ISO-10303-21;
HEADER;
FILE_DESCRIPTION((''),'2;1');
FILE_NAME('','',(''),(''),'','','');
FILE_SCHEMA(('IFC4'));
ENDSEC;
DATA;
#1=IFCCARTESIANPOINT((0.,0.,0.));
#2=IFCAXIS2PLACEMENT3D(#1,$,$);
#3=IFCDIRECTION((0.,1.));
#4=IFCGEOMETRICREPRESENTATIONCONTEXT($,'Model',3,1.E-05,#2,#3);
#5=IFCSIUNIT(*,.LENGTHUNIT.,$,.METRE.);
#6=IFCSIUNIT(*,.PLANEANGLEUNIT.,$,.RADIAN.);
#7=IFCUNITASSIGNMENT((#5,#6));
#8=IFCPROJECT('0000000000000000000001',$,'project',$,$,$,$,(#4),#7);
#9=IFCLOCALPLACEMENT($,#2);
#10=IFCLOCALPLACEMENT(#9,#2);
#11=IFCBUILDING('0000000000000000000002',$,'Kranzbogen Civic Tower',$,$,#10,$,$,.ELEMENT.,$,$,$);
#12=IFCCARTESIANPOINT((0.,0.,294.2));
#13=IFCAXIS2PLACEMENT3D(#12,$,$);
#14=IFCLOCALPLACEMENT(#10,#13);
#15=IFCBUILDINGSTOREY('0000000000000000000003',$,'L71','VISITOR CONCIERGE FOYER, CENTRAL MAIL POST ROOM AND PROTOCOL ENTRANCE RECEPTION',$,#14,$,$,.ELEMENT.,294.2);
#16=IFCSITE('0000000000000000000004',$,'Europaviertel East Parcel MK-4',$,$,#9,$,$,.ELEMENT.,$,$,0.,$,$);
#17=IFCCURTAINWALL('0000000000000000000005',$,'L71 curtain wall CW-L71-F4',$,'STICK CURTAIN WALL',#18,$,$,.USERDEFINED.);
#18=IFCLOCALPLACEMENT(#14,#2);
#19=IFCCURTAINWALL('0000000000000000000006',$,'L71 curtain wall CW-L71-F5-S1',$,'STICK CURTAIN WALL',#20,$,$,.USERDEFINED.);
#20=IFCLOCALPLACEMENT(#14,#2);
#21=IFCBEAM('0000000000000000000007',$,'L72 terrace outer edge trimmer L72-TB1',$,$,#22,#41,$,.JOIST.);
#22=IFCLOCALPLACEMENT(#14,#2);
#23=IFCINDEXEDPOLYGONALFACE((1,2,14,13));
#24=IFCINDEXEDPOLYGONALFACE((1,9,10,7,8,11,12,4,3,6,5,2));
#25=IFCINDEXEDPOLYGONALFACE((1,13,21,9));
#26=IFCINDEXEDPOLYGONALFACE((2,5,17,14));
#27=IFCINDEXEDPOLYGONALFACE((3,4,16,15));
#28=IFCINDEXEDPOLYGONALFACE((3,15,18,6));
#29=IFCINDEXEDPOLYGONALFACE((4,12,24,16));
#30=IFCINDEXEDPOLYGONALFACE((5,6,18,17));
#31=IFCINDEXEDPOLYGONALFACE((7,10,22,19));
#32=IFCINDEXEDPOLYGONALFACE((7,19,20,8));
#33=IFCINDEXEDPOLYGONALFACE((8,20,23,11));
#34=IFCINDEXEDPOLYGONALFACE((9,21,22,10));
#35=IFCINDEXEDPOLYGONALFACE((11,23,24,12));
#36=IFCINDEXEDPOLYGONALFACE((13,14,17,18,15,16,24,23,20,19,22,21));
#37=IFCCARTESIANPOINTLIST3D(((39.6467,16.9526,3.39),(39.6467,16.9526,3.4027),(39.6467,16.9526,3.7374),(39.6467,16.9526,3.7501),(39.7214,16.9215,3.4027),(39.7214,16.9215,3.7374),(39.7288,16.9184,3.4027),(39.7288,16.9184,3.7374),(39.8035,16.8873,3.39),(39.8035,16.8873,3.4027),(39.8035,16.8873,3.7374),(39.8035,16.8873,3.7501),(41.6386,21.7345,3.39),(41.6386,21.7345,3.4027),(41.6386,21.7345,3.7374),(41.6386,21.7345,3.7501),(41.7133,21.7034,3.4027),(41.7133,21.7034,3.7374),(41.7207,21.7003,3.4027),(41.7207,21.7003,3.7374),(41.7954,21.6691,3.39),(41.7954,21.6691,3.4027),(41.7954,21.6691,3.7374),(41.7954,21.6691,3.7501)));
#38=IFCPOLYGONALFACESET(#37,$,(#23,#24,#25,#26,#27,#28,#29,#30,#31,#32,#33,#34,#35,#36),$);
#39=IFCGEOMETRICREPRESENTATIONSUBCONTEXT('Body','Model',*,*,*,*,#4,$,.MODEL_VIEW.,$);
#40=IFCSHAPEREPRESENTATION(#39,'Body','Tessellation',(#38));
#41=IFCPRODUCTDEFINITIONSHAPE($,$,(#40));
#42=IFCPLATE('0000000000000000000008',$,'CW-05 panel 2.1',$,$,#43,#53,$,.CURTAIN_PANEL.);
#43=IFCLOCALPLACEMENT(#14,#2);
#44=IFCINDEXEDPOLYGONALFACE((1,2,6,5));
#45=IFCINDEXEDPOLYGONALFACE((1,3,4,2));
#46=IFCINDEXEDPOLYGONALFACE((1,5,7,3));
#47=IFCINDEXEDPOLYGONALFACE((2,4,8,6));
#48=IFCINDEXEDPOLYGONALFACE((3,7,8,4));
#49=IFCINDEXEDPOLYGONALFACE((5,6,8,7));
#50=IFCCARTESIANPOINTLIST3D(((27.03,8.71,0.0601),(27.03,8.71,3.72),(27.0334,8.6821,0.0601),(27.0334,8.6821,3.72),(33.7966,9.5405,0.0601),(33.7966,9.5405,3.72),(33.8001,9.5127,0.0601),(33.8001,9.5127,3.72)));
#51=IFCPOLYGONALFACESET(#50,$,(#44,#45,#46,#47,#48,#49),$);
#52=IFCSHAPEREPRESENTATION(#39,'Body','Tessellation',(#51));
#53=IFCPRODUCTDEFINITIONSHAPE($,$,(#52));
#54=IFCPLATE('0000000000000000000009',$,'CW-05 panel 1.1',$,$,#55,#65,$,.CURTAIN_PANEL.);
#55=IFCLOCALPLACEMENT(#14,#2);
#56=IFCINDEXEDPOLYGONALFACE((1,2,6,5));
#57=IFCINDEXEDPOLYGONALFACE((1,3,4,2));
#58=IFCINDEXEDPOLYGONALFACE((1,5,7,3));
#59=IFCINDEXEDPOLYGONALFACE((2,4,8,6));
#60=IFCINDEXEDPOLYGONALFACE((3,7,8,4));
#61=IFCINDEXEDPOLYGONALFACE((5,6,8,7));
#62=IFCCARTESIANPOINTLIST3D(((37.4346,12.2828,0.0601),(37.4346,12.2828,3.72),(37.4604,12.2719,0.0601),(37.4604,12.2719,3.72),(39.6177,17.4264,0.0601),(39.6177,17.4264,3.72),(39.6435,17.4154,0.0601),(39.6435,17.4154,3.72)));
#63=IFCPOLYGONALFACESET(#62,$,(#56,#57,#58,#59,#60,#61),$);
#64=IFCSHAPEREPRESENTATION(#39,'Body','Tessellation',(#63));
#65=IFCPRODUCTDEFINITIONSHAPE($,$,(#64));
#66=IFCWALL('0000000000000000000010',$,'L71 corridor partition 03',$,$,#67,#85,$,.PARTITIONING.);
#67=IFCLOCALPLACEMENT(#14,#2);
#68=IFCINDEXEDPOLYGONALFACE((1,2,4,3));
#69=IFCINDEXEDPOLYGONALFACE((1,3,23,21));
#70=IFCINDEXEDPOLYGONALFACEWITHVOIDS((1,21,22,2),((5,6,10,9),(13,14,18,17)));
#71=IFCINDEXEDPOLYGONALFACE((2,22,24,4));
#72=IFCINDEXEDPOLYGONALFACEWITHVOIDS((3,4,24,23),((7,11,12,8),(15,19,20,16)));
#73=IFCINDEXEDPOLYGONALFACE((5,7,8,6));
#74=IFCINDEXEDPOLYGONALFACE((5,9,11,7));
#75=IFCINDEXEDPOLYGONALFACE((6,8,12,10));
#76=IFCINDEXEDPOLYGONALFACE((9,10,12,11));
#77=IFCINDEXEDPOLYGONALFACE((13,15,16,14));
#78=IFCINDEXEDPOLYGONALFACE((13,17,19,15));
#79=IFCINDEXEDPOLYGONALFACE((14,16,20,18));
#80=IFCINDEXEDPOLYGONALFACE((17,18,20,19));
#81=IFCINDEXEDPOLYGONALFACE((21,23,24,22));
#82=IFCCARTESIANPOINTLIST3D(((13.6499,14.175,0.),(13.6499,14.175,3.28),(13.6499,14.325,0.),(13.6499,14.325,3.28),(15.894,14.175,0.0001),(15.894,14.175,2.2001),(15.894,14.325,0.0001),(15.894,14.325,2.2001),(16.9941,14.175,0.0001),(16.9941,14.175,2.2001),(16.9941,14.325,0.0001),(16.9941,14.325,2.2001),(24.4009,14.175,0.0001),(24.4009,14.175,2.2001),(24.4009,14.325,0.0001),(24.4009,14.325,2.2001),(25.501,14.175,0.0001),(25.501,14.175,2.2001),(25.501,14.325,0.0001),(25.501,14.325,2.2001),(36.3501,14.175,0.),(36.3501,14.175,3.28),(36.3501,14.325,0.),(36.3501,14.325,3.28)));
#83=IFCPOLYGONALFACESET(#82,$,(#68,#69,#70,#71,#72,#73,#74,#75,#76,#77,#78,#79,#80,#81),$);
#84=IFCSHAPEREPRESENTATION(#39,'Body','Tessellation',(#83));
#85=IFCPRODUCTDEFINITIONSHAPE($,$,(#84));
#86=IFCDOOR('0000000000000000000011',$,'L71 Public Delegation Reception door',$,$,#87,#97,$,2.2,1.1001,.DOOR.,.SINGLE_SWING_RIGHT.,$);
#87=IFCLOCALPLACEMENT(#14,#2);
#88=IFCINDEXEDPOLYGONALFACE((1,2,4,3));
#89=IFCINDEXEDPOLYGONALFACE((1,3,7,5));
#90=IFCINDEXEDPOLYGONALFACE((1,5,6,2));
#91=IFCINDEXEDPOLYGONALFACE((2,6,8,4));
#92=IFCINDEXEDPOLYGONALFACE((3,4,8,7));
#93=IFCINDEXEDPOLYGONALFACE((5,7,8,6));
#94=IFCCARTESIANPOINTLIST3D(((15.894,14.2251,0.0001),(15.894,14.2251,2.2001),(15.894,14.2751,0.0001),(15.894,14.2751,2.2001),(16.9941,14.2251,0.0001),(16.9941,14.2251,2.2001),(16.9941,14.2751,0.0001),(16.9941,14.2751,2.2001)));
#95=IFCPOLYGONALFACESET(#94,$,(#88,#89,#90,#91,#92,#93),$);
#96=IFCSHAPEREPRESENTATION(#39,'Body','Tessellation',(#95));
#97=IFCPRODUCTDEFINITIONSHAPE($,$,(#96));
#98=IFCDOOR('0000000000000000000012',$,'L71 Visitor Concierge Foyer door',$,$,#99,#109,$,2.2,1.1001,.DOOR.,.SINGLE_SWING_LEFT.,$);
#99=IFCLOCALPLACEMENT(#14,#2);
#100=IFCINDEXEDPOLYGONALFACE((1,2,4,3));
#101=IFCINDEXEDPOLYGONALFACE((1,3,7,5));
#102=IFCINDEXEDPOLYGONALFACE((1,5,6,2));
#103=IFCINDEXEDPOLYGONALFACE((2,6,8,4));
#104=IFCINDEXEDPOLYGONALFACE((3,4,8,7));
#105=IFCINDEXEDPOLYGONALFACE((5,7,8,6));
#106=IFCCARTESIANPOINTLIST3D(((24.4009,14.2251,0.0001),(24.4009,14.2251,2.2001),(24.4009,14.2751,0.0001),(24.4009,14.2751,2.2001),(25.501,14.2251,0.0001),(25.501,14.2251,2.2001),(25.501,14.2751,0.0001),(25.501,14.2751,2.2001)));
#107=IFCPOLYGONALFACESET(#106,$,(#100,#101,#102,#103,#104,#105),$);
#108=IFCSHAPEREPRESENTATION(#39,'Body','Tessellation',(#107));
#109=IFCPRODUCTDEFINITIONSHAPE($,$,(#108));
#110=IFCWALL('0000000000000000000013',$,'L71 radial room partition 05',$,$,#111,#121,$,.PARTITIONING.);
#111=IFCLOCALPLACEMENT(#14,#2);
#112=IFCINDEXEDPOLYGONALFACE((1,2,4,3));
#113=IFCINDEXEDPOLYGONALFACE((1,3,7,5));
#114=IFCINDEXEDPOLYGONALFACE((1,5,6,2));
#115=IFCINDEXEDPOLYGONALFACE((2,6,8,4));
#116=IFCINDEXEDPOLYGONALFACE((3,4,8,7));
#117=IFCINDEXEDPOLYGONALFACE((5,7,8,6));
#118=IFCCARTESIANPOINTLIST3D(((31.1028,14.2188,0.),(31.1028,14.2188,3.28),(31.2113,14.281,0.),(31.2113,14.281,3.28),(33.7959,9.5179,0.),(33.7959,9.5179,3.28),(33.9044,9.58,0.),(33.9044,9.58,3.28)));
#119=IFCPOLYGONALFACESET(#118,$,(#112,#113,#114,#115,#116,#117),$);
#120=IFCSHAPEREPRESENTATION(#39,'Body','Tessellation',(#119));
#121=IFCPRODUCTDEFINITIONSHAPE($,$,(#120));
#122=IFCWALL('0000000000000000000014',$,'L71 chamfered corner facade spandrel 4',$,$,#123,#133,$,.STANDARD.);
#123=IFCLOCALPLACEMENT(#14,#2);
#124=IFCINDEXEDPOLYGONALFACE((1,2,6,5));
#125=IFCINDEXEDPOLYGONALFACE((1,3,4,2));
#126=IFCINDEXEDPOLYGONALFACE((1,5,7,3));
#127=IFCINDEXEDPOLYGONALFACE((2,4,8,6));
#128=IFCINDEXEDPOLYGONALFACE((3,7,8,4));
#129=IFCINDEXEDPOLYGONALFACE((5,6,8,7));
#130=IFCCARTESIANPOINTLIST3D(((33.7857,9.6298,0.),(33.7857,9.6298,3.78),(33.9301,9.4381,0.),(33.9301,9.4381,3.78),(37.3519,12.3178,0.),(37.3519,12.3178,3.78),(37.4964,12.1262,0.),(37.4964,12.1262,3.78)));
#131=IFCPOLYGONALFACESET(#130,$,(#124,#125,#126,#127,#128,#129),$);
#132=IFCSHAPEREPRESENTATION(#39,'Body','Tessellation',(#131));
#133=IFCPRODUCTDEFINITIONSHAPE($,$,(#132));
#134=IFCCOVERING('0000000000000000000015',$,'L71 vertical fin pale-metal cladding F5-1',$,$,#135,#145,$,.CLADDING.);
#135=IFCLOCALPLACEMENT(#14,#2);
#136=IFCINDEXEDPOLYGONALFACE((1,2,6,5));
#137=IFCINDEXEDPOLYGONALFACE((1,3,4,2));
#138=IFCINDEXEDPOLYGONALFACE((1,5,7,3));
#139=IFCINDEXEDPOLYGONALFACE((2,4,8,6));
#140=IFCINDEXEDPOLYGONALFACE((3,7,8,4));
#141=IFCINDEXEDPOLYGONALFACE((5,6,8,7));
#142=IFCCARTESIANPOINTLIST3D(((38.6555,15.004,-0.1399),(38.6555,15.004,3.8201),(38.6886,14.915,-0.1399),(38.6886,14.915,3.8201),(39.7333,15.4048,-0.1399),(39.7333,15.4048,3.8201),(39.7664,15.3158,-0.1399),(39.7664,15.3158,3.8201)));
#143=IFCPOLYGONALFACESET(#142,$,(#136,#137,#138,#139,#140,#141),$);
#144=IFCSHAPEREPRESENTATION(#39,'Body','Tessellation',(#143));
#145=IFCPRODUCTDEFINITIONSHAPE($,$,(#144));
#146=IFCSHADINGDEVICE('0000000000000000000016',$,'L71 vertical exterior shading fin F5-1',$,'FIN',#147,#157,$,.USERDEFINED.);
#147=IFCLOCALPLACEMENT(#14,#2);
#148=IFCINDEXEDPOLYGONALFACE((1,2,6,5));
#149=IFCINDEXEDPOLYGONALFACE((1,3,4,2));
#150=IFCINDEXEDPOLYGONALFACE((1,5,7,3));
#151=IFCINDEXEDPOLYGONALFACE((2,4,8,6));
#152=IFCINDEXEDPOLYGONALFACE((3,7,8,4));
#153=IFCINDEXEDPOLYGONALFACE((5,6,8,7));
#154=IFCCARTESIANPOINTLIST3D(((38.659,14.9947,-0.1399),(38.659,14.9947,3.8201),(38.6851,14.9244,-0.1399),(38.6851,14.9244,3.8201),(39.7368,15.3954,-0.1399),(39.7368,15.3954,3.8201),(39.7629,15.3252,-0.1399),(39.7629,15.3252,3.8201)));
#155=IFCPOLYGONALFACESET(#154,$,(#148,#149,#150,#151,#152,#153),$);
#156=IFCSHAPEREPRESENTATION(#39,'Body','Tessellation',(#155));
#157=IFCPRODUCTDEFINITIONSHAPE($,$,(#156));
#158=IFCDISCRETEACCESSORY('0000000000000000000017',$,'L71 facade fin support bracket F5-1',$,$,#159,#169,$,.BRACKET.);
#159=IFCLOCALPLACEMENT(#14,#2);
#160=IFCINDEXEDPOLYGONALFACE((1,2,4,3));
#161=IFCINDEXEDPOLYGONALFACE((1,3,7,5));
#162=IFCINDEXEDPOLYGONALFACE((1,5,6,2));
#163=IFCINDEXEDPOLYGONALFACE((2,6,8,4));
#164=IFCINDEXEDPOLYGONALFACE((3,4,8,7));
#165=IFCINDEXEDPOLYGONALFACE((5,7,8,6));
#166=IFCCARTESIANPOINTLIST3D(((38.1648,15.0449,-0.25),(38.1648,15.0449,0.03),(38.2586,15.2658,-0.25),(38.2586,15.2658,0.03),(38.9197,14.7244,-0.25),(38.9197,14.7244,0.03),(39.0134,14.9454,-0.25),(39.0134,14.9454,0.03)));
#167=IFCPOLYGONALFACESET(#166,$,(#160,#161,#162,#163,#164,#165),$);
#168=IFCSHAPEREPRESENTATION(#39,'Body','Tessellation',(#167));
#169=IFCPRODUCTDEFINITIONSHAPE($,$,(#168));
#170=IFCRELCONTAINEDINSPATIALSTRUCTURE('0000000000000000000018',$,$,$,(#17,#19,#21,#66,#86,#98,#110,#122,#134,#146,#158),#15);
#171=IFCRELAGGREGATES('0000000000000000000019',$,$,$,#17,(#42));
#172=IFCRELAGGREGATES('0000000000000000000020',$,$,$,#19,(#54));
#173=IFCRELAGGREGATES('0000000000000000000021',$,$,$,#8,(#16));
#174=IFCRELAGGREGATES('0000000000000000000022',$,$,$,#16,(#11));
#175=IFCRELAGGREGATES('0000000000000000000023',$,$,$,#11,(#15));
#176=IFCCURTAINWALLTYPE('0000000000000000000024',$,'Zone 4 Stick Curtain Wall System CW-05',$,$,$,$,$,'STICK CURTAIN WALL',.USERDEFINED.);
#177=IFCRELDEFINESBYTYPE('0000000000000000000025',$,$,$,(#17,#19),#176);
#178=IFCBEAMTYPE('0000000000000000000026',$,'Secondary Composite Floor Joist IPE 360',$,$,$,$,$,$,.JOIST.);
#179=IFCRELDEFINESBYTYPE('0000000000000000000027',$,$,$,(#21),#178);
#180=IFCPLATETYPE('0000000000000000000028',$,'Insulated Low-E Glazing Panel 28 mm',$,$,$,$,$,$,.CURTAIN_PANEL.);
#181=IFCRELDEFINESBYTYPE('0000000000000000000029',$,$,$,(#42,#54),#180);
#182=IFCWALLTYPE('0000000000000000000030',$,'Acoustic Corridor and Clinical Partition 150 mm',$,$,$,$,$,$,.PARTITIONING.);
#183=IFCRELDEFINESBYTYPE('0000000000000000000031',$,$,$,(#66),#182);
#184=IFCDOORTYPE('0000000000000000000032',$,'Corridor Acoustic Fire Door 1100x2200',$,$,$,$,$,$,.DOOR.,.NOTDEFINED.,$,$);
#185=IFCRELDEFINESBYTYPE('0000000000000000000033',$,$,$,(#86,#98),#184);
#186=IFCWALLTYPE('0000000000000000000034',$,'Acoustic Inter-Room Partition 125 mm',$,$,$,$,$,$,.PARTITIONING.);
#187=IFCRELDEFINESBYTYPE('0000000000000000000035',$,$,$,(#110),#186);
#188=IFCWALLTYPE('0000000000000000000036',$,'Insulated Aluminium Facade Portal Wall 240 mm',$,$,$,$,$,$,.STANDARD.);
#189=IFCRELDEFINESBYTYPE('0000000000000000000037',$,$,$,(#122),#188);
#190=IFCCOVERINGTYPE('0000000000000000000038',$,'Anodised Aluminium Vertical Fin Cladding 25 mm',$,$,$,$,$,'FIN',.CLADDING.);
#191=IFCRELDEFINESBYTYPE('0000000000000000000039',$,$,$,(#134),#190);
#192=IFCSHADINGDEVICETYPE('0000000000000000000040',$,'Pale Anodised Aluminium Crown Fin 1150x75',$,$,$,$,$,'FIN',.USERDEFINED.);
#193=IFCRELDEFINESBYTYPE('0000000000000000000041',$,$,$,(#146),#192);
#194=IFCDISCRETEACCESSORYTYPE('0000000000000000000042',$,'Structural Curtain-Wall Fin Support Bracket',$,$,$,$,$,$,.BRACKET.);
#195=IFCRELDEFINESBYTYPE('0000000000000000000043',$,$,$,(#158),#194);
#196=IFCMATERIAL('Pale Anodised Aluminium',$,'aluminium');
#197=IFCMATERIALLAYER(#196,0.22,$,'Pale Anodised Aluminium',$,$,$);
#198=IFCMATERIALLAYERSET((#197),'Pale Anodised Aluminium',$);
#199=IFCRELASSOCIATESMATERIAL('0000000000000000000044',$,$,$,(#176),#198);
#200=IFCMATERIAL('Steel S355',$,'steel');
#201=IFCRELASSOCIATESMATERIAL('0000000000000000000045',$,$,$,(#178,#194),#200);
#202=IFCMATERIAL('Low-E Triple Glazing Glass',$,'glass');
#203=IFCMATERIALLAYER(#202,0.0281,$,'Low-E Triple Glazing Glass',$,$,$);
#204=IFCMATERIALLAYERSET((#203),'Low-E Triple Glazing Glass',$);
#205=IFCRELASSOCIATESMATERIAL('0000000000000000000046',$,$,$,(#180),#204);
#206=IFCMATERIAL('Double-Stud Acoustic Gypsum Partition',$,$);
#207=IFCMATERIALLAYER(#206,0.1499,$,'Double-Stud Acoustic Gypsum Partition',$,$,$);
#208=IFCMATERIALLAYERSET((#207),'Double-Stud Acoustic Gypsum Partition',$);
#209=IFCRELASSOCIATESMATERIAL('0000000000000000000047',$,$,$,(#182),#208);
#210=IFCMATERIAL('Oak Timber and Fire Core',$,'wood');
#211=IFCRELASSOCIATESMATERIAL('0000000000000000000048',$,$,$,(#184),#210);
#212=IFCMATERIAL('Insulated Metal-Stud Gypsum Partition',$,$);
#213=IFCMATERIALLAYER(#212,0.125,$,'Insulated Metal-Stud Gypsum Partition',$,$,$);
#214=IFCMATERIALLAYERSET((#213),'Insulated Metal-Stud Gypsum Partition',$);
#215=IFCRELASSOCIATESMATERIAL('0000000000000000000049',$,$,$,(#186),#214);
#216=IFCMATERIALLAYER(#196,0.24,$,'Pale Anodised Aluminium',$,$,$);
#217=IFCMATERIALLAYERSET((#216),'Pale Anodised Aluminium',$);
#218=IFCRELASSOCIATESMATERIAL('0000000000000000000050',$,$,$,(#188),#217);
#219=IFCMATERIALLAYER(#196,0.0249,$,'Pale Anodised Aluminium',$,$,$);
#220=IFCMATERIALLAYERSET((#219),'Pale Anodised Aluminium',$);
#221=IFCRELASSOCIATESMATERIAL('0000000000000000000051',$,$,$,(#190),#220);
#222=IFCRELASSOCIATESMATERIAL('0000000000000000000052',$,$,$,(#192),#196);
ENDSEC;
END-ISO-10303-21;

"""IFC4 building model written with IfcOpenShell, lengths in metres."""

from ifc_helpers import new_model, si_unit, direction, frame, frame_2d, origin, origin_2d, place, context, subcontext, project, spatial, rectangle, i_section, extrude, material, layer, layer_set, material_profile, profile_set, type_object, element, fill, aggregate, save


model = new_model("IFC4")

# Units and contexts
model_context = context("Model", 3, precision=1e-05, world=origin(), true_north=direction((0.0, 1.0)))
body_context = subcontext(model_context, "Body", "Model", "MODEL_VIEW")
ifc_project = project(units=[si_unit("LENGTHUNIT", "METRE"), si_unit("PLANEANGLEUNIT", "RADIAN")], contexts=[model_context])

# Site, building, storey
site_placement = place(None, origin())
site = spatial("IfcSite", under=ifc_project, at=site_placement, Name="Europaviertel East Parcel MK-4", CompositionType="ELEMENT", RefElevation=0.0)
building_placement = place(site_placement, origin())
building = spatial("IfcBuilding", under=site, at=building_placement, Name="Kranzbogen Civic Tower", CompositionType="ELEMENT")
storey_placement = place(building_placement, frame((0.0, 0.0, 294.2)))
storey = spatial("IfcBuildingStorey", under=building, at=storey_placement, Name="L71", Description="VISITOR CONCIERGE FOYER, CENTRAL MAIL POST ROOM AND PROTOCOL ENTRANCE RECEPTION", CompositionType="ELEMENT", Elevation=294.2)

# Shared definitions
ifc_material_1 = material(Name="Steel S355", Category="steel")

# Curtain walls
ifc_material_2 = material(Name="Pale Anodised Aluminium", Category="aluminium")
ifc_layer_1 = layer(ifc_material_2, 0.22, Name="Pale Anodised Aluminium")
ifc_layer_set_1 = layer_set([ifc_layer_1], Name="Pale Anodised Aluminium")
curtain_wall_type = type_object("IfcCurtainWallType", Name="Zone 4 Stick Curtain Wall System CW-05", ElementType="STICK CURTAIN WALL", PredefinedType="USERDEFINED", material=ifc_layer_set_1)
curtain_wall_1_placement = place(storey_placement, origin())
curtain_wall_1 = element("IfcCurtainWall", 1, at=curtain_wall_1_placement, inside=storey, type_object=curtain_wall_type, Name="L71 curtain wall CW-L71-F4", ObjectType="STICK CURTAIN WALL", PredefinedType="USERDEFINED")
curtain_wall_2_placement = place(storey_placement, origin())
curtain_wall_2 = element("IfcCurtainWall", 2, at=curtain_wall_2_placement, inside=storey, type_object=curtain_wall_type, Name="L71 curtain wall CW-L71-F5-S1", ObjectType="STICK CURTAIN WALL", PredefinedType="USERDEFINED")

# Beam
ifc_material_profile_1 = material_profile(ifc_material_1, i_section(OverallWidth=0.1699, OverallDepth=0.3601, WebThickness=0.0081, FlangeThickness=0.0127, at=origin_2d()), Name="IPE 360")
ifc_profile_set_1 = profile_set([ifc_material_profile_1], Name="Steel S355")
beam_type_1 = type_object("IfcBeamType", Name="Secondary Composite Floor Joist IPE 360", PredefinedType="JOIST", material=ifc_profile_set_1)
beam_1_placement = place(storey_placement, frame((39.7251, 16.9199, 3.5701), z_axis=(0.384525, 0.923115, 0.0), x_axis=(-0.923115, 0.384525, 0.0)))
element("IfcBeam", 3, at=beam_1_placement, inside=storey, type_object=beam_type_1, Name="L72 terrace outer edge trimmer L72-TB1", PredefinedType="JOIST", context=body_context, shape_type="SweptSolid", body=[
    extrude(i_section(OverallWidth=0.1699, OverallDepth=0.3601, WebThickness=0.0081, FlangeThickness=0.0127, at=origin_2d()), origin(), (0.0, 0.0, 1.0), 5.1802),
])

# Plates
ifc_material_3 = material(Name="Low-E Triple Glazing Glass", Category="glass")
ifc_layer_2 = layer(ifc_material_3, 0.0281, Name="Low-E Triple Glazing Glass")
ifc_layer_set_2 = layer_set([ifc_layer_2], Name="Low-E Triple Glazing Glass")
plate_type = type_object("IfcPlateType", Name="Insulated Low-E Glazing Panel 28 mm", PredefinedType="CURTAIN_PANEL", material=ifc_layer_set_2)
plate_1_placement = place(storey_placement, frame((30.415, 9.1113, 0.0601), z_axis=(0.0, 0.0, 1.0), x_axis=(0.992552, 0.121825, 0.0)))
plate_1 = element("IfcPlate", 4, at=plate_1_placement, type_object=plate_type, Name="CW-05 panel 2.1", PredefinedType="CURTAIN_PANEL", context=body_context, shape_type="SweptSolid", body=[
    extrude(rectangle(XDim=6.8174, YDim=0.0281, at=origin_2d()), origin(), (0.0, 0.0, 1.0), 3.6599),
])
aggregate(curtain_wall_1, [plate_1])
plate_2_placement = place(storey_placement, frame((38.5391, 14.8491, 0.0601), z_axis=(0.0, 0.0, 1.0), x_axis=(0.390703, 0.920517, 0.0)))
plate_2 = element("IfcPlate", 5, at=plate_2_placement, type_object=plate_type, Name="CW-05 panel 1.1", PredefinedType="CURTAIN_PANEL", context=body_context, shape_type="SweptSolid", body=[
    extrude(rectangle(XDim=5.5876, YDim=0.0281, at=origin_2d()), origin(), (0.0, 0.0, 1.0), 3.6599),
])
aggregate(curtain_wall_2, [plate_2])

# Wall, openings, doors
ifc_material_4 = material(Name="Double-Stud Acoustic Gypsum Partition")
ifc_layer_3 = layer(ifc_material_4, 0.1499, Name="Double-Stud Acoustic Gypsum Partition")
ifc_layer_set_3 = layer_set([ifc_layer_3], Name="Double-Stud Acoustic Gypsum Partition")
wall_type_1 = type_object("IfcWallType", Name="Acoustic Corridor and Clinical Partition 150 mm", PredefinedType="PARTITIONING", material=ifc_layer_set_3)
wall_1_placement = place(storey_placement, frame((36.3501, 14.25, 0.0), z_axis=(0.0, 0.0, 1.0), x_axis=(-1.0, 0.0, 0.0)))
wall_1 = element("IfcWall", 6, at=wall_1_placement, inside=storey, type_object=wall_type_1, Name="L71 corridor partition 03", PredefinedType="PARTITIONING", context=body_context, shape_type="SweptSolid", body=[
    extrude(rectangle(XDim=22.7002, YDim=0.1499, at=frame_2d((11.3501, 0.0))), origin(), (0.0, 0.0, 1.0), 3.28),
])
opening_1_placement = place(wall_1_placement, frame((19.356, 0.0, 0.0)))
opening_1 = element("IfcOpeningElement", 7, at=opening_1_placement, cuts=wall_1, PredefinedType="OPENING", context=body_context, shape_type="SweptSolid", body=[
    extrude(rectangle(XDim=1.1001, YDim=2.2, at=frame_2d((0.55, 1.1001))), frame((0.0, 0.085, 0.0), z_axis=(0.0, -1.0, 0.0), x_axis=(1.0, 0.0, 0.0)), (0.0, 0.0, 1.0), 0.1699),
])
opening_2_placement = place(wall_1_placement, frame((10.8491, 0.0, 0.0)))
opening_2 = element("IfcOpeningElement", 8, at=opening_2_placement, cuts=wall_1, PredefinedType="OPENING", context=body_context, shape_type="SweptSolid", body=[
    extrude(rectangle(XDim=1.1001, YDim=2.2, at=frame_2d((0.55, 1.1001))), frame((0.0, 0.085, 0.0), z_axis=(0.0, -1.0, 0.0), x_axis=(1.0, 0.0, 0.0)), (0.0, 0.0, 1.0), 0.1699),
])
ifc_material_5 = material(Name="Oak Timber and Fire Core", Category="wood")
door_type = type_object("IfcDoorType", Name="Corridor Acoustic Fire Door 1100x2200", OperationType="NOTDEFINED", PredefinedType="DOOR", material=ifc_material_5)
door_1_placement = place(opening_1_placement, origin())
door_1 = element("IfcDoor", 9, at=door_1_placement, inside=storey, type_object=door_type, Name="L71 Public Delegation Reception door", OperationType="SINGLE_SWING_RIGHT", OverallHeight=2.2, OverallWidth=1.1001, PredefinedType="DOOR", context=body_context, shape_type="SweptSolid", body=[
    extrude(rectangle(XDim=1.1001, YDim=2.2, at=frame_2d((0.55, 1.1001))), frame((0.0, 0.0249, 0.0), z_axis=(0.0, -1.0, 0.0), x_axis=(1.0, 0.0, 0.0)), (0.0, 0.0, 1.0), 0.05),
])
fill(opening_1, door_1)
door_2_placement = place(opening_2_placement, origin())
door_2 = element("IfcDoor", 10, at=door_2_placement, inside=storey, type_object=door_type, Name="L71 Visitor Concierge Foyer door", OperationType="SINGLE_SWING_LEFT", OverallHeight=2.2, OverallWidth=1.1001, PredefinedType="DOOR", context=body_context, shape_type="SweptSolid", body=[
    extrude(rectangle(XDim=1.1001, YDim=2.2, at=frame_2d((0.55, 1.1001))), frame((0.0, 0.0249, 0.0), z_axis=(0.0, -1.0, 0.0), x_axis=(1.0, 0.0, 0.0)), (0.0, 0.0, 1.0), 0.05),
])
fill(opening_2, door_2)

# Walls
ifc_material_6 = material(Name="Insulated Metal-Stud Gypsum Partition")
ifc_layer_4 = layer(ifc_material_6, 0.125, Name="Insulated Metal-Stud Gypsum Partition")
ifc_layer_set_4 = layer_set([ifc_layer_4], Name="Insulated Metal-Stud Gypsum Partition")
wall_type_2 = type_object("IfcWallType", Name="Acoustic Inter-Room Partition 125 mm", PredefinedType="PARTITIONING", material=ifc_layer_set_4)
wall_2_placement = place(storey_placement, frame((31.157, 14.25, 0.0), z_axis=(0.0, 0.0, 1.0), x_axis=(0.497095, -0.867696, 0.0)))
element("IfcWall", 11, at=wall_2_placement, inside=storey, type_object=wall_type_2, Name="L71 radial room partition 05", PredefinedType="PARTITIONING", context=body_context, shape_type="SweptSolid", body=[
    extrude(rectangle(XDim=5.4177, YDim=0.125, at=frame_2d((2.709, 0.0))), origin(), (0.0, 0.0, 1.0), 3.28),
])
ifc_layer_5 = layer(ifc_material_2, 0.24, Name="Pale Anodised Aluminium")
ifc_layer_set_5 = layer_set([ifc_layer_5], Name="Pale Anodised Aluminium")
wall_type_3 = type_object("IfcWallType", Name="Insulated Aluminium Facade Portal Wall 240 mm", PredefinedType="STANDARD", material=ifc_layer_set_5)
wall_3_placement = place(storey_placement, frame((33.8579, 9.5339, 0.0), z_axis=(0.0, 0.0, 1.0), x_axis=(0.798561, 0.601914, 0.0)))
element("IfcWall", 12, at=wall_3_placement, inside=storey, type_object=wall_type_3, Name="L71 chamfered corner facade spandrel 4", PredefinedType="STANDARD", context=body_context, shape_type="SweptSolid", body=[
    extrude(rectangle(XDim=4.4658, YDim=0.24, at=frame_2d((2.2329, 0.0))), origin(), (0.0, 0.0, 1.0), 3.78),
])

# Covering
ifc_layer_6 = layer(ifc_material_2, 0.0249, Name="Pale Anodised Aluminium")
ifc_layer_set_6 = layer_set([ifc_layer_6], Name="Pale Anodised Aluminium")
covering_type = type_object("IfcCoveringType", Name="Anodised Aluminium Vertical Fin Cladding 25 mm", ElementType="FIN", PredefinedType="CLADDING", material=ifc_layer_set_6)
covering_placement = place(storey_placement, frame((39.2109, 15.1599, -0.1399), z_axis=(0.0, 0.0, 1.0), x_axis=(0.9373, 0.348523, 0.0)))
element("IfcCovering", 13, at=covering_placement, inside=storey, type_object=covering_type, Name="L71 vertical fin pale-metal cladding F5-1", PredefinedType="CLADDING", context=body_context, shape_type="SweptSolid", body=[
    extrude(rectangle(XDim=1.1499, YDim=0.095, at=origin_2d()), origin(), (0.0, 0.0, 1.0), 3.96),
])

# Shading device
shading_device_type = type_object("IfcShadingDeviceType", Name="Pale Anodised Aluminium Crown Fin 1150x75", ElementType="FIN", PredefinedType="USERDEFINED", material=ifc_material_2)
shading_device_placement = place(storey_placement, frame((39.2109, 15.1599, -0.1399), z_axis=(0.0, 0.0, 1.0), x_axis=(0.9373, 0.348523, 0.0)))
element("IfcShadingDevice", 14, at=shading_device_placement, inside=storey, type_object=shading_device_type, Name="L71 vertical exterior shading fin F5-1", ObjectType="FIN", PredefinedType="USERDEFINED", context=body_context, shape_type="SweptSolid", body=[
    extrude(rectangle(XDim=1.1499, YDim=0.075, at=origin_2d()), origin(), (0.0, 0.0, 1.0), 3.96),
])

# Discrete accessory
discrete_accessory_type = type_object("IfcDiscreteAccessoryType", Name="Structural Curtain-Wall Fin Support Bracket", PredefinedType="BRACKET", material=ifc_material_1)
discrete_accessory_placement = place(storey_placement, frame((38.5891, 14.9951, -0.25), z_axis=(0.0, 0.0, 1.0), x_axis=(0.920505, -0.390731, 0.0)))
element("IfcDiscreteAccessory", 15, at=discrete_accessory_placement, inside=storey, type_object=discrete_accessory_type, Name="L71 facade fin support bracket F5-1", PredefinedType="BRACKET", context=body_context, shape_type="SweptSolid", body=[
    extrude(rectangle(XDim=0.8201, YDim=0.24, at=origin_2d()), origin(), (0.0, 0.0, 1.0), 0.28),
])

save(model, "model.ifc")
